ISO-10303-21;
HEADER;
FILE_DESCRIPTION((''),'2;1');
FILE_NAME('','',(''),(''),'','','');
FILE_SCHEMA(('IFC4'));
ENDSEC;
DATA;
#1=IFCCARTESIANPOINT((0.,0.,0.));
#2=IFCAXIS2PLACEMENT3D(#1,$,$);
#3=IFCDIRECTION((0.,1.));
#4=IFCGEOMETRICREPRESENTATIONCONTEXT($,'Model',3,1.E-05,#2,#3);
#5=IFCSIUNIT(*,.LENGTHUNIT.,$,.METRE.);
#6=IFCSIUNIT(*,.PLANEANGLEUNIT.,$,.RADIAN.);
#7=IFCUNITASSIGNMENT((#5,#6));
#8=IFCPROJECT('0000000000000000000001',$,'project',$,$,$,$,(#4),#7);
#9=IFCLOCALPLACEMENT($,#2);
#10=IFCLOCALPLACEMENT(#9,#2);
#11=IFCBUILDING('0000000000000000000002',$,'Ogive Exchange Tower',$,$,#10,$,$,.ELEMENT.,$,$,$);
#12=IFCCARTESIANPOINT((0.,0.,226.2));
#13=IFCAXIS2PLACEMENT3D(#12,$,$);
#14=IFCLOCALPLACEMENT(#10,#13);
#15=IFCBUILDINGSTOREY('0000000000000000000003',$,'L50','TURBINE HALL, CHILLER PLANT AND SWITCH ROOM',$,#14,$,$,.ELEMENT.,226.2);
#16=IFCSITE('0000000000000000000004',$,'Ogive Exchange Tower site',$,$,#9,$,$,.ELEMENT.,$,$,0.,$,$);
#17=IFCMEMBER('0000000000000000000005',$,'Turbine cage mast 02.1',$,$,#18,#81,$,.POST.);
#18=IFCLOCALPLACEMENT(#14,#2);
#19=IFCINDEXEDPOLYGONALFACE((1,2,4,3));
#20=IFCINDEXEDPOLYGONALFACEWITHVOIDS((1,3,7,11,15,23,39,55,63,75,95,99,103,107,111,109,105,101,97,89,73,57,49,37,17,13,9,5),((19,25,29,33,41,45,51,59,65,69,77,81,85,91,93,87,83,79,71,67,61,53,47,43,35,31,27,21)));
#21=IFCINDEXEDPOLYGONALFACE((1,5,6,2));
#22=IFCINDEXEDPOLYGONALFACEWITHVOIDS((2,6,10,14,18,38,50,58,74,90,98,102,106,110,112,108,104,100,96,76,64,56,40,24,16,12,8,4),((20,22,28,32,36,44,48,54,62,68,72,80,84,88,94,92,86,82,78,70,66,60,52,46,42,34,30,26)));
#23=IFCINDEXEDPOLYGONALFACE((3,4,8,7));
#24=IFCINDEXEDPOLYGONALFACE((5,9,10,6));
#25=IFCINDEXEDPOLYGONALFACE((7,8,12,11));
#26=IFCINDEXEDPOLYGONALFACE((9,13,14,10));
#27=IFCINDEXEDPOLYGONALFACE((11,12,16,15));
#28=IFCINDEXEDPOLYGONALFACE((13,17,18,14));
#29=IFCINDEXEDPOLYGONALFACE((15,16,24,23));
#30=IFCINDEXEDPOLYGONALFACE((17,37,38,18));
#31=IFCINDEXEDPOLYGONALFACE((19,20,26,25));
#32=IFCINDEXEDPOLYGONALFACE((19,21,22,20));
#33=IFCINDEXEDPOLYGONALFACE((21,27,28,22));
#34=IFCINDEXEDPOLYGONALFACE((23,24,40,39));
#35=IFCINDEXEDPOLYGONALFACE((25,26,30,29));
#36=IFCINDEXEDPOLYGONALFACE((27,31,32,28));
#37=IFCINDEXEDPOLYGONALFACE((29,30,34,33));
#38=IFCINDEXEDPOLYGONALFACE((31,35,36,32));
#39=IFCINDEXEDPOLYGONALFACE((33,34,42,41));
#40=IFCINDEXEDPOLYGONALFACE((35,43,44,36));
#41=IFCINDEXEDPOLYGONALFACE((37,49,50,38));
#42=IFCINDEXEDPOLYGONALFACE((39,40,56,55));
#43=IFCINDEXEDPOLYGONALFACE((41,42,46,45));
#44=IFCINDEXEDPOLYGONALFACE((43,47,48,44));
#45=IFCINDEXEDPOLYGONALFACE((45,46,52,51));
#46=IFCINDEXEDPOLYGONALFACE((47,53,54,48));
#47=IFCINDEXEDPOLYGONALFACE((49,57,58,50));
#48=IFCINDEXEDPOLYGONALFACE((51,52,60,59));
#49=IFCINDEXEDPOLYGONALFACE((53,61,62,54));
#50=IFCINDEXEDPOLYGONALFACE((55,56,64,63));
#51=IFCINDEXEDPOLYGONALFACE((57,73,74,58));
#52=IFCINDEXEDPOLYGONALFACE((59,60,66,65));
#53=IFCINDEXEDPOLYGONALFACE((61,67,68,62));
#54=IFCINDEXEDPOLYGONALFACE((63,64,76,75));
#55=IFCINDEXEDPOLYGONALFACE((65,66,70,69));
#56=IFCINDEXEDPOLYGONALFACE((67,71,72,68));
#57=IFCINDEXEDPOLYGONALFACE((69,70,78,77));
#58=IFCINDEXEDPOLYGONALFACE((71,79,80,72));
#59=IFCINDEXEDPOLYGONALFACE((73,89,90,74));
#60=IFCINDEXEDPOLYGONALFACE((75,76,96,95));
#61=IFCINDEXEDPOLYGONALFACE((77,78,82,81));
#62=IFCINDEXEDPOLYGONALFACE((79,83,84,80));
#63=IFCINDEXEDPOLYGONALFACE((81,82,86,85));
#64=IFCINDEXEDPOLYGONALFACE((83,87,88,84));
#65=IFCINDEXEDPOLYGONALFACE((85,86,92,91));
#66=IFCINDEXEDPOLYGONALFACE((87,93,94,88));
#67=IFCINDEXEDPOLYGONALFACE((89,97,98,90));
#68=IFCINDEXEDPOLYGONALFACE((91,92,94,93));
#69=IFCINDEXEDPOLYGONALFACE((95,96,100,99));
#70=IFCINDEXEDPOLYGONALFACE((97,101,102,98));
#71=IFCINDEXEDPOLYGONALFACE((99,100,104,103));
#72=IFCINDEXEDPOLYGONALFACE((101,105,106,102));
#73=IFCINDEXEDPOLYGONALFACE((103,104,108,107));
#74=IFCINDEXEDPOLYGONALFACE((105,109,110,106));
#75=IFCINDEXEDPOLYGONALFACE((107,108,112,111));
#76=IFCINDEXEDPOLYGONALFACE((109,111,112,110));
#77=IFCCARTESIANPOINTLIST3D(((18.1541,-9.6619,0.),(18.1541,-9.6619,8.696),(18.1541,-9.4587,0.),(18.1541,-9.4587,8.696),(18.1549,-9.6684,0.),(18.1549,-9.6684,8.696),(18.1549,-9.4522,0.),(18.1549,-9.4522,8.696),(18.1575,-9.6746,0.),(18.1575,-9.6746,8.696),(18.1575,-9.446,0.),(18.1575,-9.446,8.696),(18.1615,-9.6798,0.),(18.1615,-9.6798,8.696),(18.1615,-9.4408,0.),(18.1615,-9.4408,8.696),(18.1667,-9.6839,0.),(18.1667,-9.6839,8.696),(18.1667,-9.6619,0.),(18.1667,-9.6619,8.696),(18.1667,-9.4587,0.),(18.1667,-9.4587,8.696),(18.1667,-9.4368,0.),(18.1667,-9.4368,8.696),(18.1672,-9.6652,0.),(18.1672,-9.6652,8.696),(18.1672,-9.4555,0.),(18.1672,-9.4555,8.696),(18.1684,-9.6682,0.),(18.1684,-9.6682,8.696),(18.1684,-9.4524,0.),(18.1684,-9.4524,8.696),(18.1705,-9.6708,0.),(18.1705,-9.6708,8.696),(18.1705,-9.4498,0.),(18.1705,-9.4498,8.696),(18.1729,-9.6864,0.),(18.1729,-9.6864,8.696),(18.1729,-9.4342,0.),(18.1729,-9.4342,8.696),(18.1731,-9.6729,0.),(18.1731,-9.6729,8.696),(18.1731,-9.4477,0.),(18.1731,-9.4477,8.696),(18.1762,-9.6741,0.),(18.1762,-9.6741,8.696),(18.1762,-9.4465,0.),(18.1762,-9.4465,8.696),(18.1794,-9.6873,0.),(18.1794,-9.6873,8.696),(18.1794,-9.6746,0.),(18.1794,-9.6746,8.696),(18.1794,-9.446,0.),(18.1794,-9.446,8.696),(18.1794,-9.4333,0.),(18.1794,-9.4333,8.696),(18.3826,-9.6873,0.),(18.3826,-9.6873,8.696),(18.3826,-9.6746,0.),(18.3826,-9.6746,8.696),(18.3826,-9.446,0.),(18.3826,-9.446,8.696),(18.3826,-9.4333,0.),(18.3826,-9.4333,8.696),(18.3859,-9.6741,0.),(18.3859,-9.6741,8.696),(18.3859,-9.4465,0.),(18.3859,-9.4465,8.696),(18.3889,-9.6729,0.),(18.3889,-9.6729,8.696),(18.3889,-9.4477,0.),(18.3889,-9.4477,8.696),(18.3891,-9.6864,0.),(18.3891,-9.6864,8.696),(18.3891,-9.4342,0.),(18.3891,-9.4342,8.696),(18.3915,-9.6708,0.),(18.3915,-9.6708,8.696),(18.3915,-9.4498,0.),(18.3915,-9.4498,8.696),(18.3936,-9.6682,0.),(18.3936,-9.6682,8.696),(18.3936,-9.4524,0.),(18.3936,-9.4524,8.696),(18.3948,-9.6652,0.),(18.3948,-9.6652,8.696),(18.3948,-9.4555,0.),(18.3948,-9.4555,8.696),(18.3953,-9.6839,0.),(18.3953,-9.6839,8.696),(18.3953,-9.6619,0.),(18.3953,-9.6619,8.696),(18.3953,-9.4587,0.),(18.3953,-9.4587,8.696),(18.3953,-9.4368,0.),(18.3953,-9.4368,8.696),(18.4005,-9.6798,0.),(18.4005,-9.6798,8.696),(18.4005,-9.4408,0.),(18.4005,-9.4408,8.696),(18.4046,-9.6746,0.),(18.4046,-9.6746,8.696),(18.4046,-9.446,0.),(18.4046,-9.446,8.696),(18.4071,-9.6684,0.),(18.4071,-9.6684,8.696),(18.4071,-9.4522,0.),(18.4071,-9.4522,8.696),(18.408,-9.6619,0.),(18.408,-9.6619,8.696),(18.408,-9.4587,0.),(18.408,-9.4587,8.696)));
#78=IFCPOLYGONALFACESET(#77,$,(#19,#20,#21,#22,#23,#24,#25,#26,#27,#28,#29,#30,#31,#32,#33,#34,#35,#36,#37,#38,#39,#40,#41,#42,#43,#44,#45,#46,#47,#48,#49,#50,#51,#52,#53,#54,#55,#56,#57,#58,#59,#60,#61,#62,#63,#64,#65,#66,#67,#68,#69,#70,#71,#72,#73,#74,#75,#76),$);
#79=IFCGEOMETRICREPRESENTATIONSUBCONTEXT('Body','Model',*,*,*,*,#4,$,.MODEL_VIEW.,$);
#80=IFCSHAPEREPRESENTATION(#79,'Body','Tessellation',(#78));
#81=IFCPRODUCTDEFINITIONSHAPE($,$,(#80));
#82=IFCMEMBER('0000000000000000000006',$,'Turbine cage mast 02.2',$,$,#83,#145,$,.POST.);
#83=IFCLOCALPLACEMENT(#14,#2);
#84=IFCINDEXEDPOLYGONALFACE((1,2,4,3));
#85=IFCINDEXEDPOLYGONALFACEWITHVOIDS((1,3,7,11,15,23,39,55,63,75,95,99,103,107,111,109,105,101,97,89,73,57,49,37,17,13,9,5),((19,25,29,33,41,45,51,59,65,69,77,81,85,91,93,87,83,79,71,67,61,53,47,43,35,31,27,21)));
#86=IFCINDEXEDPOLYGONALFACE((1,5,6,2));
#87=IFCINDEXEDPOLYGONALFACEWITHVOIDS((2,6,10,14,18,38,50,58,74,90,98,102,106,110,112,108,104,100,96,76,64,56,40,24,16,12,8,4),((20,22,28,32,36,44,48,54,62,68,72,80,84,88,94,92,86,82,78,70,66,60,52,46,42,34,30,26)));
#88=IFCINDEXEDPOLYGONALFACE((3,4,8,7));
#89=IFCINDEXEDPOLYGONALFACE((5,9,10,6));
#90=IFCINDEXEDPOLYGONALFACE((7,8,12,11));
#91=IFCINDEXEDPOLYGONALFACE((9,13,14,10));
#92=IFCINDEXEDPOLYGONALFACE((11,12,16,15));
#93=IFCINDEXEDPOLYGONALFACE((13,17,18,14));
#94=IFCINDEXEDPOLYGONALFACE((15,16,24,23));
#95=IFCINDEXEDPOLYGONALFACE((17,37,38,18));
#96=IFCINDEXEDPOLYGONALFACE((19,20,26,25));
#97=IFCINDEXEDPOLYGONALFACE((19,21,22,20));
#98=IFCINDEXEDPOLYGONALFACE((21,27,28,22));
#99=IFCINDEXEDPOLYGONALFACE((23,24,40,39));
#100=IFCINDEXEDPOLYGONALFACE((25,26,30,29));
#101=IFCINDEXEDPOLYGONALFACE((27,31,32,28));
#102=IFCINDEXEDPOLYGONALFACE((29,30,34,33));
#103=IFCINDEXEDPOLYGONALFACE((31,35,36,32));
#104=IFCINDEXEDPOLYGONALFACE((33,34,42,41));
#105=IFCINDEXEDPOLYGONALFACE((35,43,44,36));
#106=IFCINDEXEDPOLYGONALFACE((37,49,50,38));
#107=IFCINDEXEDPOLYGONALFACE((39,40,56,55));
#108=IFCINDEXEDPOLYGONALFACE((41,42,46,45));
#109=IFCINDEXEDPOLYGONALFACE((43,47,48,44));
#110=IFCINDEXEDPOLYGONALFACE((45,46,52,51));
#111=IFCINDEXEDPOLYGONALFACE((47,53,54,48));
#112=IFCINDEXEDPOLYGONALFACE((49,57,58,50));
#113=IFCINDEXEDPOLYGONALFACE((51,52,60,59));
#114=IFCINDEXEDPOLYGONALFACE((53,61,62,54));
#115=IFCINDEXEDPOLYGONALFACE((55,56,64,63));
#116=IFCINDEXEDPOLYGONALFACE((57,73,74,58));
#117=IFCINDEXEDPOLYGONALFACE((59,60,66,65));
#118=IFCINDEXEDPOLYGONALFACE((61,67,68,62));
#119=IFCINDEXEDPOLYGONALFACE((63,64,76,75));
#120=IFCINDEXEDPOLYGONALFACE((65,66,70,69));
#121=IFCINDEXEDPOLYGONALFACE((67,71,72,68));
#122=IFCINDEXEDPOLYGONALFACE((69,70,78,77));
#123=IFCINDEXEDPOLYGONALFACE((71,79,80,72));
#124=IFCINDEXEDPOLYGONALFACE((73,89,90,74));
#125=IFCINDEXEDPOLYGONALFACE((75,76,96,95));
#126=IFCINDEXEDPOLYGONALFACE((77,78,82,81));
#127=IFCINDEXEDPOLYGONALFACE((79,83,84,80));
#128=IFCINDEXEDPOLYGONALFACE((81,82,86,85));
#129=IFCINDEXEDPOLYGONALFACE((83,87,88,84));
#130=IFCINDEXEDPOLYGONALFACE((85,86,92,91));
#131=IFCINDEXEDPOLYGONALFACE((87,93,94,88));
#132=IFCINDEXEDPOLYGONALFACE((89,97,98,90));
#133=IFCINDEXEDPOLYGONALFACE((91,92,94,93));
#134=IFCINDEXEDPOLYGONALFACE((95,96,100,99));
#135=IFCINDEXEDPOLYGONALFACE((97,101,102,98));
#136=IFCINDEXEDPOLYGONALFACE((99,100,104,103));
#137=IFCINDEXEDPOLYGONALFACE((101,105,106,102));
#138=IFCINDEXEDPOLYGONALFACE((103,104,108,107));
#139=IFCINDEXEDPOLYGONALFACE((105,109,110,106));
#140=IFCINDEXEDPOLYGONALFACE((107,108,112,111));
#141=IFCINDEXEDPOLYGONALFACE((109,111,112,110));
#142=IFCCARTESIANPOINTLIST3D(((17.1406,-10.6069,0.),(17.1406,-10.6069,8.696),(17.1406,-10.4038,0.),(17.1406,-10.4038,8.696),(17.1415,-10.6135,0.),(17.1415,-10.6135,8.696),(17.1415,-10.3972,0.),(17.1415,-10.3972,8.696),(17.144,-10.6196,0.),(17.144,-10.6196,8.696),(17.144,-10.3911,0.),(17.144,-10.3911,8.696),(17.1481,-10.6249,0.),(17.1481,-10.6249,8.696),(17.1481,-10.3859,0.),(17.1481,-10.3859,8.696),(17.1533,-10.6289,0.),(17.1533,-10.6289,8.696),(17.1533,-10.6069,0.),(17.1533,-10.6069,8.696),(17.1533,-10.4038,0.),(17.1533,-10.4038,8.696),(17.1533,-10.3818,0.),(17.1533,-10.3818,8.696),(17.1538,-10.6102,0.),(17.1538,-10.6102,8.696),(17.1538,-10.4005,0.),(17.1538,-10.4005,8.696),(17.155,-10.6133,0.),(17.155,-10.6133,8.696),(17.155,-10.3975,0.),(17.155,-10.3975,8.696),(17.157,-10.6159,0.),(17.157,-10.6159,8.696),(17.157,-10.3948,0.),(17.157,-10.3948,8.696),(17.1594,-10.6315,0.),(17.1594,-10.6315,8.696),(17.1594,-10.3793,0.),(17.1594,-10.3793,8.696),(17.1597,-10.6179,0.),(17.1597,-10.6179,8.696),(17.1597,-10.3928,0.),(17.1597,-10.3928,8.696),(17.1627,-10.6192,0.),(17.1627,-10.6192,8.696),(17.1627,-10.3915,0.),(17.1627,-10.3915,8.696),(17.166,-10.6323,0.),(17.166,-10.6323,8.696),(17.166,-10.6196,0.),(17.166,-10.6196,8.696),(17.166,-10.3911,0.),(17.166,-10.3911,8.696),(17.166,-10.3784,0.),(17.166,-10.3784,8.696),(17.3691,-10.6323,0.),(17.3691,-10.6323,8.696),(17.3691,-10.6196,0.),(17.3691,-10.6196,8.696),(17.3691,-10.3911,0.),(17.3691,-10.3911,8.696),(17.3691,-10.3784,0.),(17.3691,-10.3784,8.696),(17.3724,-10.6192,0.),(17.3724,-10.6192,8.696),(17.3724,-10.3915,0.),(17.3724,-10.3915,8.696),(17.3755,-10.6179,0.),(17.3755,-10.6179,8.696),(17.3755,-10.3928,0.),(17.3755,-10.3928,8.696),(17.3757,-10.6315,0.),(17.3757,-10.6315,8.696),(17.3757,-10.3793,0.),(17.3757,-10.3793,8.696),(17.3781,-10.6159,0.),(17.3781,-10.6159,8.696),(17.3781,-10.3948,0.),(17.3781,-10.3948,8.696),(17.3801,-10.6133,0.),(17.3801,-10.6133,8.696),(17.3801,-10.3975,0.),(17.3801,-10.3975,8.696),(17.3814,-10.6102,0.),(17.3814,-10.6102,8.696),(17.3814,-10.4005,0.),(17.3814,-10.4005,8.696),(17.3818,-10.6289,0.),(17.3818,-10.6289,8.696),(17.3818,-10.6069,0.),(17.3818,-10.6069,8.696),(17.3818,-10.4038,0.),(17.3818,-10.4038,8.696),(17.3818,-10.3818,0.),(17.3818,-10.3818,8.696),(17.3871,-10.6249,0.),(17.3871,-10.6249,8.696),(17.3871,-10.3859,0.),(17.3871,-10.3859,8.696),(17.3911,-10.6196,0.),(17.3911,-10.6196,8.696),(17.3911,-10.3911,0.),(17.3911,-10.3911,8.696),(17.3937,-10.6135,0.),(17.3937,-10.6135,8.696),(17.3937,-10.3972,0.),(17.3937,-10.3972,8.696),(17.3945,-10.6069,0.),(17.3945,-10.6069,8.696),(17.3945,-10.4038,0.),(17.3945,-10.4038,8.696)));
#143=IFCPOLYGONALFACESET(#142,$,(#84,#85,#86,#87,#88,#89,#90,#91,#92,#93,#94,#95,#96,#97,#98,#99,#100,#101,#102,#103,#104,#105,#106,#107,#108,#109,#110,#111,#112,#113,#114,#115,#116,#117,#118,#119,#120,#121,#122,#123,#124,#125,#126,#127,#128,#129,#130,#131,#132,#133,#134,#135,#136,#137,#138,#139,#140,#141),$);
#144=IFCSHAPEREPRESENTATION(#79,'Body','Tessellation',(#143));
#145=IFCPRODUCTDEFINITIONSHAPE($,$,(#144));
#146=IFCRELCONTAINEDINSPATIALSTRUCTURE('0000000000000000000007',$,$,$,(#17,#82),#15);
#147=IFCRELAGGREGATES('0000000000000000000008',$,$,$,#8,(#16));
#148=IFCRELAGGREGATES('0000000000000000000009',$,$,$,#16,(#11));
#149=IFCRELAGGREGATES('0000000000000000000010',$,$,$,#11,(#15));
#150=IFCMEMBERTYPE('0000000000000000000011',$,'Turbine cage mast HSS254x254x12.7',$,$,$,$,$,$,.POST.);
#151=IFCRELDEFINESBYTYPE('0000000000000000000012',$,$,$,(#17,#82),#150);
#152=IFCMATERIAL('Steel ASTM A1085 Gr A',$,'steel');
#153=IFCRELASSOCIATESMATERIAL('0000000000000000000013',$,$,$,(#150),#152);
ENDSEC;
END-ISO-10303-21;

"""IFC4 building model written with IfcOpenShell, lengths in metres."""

from ifc_helpers import new_model, si_unit, direction, frame, origin, origin_2d, place, context, subcontext, project, spatial, hollow_rectangle, extrude, material, material_profile, profile_set, type_object, element, save


model = new_model("IFC4")

# Units and contexts
model_context = context("Model", 3, precision=1e-05, world=origin(), true_north=direction((0.0, 1.0)))
body_context = subcontext(model_context, "Body", "Model", "MODEL_VIEW")
ifc_project = project(units=[si_unit("LENGTHUNIT", "METRE"), si_unit("PLANEANGLEUNIT", "RADIAN")], contexts=[model_context])

# Site, building, storey
site_placement = place(None, origin())
site = spatial("IfcSite", under=ifc_project, at=site_placement, Name="Ogive Exchange Tower site", CompositionType="ELEMENT", RefElevation=0.0)
building_placement = place(site_placement, origin())
building = spatial("IfcBuilding", under=site, at=building_placement, Name="Ogive Exchange Tower", CompositionType="ELEMENT")
storey_placement = place(building_placement, frame((0.0, 0.0, 226.2)))
storey = spatial("IfcBuildingStorey", under=building, at=storey_placement, Name="L50", Description="TURBINE HALL, CHILLER PLANT AND SWITCH ROOM", CompositionType="ELEMENT", Elevation=226.2)

# Shared definitions
ifc_material_1 = material(Name="Steel ASTM A1085 Gr A", Category="steel")

# Members
ifc_material_profile_1 = material_profile(ifc_material_1, hollow_rectangle(XDim=0.2539, YDim=0.2539, WallThickness=0.0127, InnerFilletRadius=0.0127, OuterFilletRadius=0.0254, at=origin_2d()), Name="HSS254x254x12.7")
ifc_profile_set_1 = profile_set([ifc_material_profile_1], Name="Steel ASTM A1085 Gr A")
member_type_1 = type_object("IfcMemberType", Name="Turbine cage mast HSS254x254x12.7", PredefinedType="POST", material=ifc_profile_set_1)
for number, where, z_axis, x_axis, name in (
    (1, (18.281, -9.5603, 0.0), (0.0, 0.0, 1.0), (1.0, 0.0, 0.0), "Turbine cage mast 02.1"),
    (2, (17.2676, -10.5054, 0.0), (0.0, 0.0, 1.0), (1.0, 0.0, 0.0), "Turbine cage mast 02.2"),
):
    element("IfcMember", number, at=place(storey_placement, frame(where, z_axis=z_axis, x_axis=x_axis)), inside=storey, type_object=member_type_1, Name=name, PredefinedType="POST", context=body_context, shape_type="SweptSolid", body=[
        extrude(hollow_rectangle(XDim=0.2539, YDim=0.2539, WallThickness=0.0127, InnerFilletRadius=0.0127, OuterFilletRadius=0.0254, at=origin_2d()), origin(), (0.0, 0.0, 1.0), 8.696),
    ])

save(model, "model.ifc")
